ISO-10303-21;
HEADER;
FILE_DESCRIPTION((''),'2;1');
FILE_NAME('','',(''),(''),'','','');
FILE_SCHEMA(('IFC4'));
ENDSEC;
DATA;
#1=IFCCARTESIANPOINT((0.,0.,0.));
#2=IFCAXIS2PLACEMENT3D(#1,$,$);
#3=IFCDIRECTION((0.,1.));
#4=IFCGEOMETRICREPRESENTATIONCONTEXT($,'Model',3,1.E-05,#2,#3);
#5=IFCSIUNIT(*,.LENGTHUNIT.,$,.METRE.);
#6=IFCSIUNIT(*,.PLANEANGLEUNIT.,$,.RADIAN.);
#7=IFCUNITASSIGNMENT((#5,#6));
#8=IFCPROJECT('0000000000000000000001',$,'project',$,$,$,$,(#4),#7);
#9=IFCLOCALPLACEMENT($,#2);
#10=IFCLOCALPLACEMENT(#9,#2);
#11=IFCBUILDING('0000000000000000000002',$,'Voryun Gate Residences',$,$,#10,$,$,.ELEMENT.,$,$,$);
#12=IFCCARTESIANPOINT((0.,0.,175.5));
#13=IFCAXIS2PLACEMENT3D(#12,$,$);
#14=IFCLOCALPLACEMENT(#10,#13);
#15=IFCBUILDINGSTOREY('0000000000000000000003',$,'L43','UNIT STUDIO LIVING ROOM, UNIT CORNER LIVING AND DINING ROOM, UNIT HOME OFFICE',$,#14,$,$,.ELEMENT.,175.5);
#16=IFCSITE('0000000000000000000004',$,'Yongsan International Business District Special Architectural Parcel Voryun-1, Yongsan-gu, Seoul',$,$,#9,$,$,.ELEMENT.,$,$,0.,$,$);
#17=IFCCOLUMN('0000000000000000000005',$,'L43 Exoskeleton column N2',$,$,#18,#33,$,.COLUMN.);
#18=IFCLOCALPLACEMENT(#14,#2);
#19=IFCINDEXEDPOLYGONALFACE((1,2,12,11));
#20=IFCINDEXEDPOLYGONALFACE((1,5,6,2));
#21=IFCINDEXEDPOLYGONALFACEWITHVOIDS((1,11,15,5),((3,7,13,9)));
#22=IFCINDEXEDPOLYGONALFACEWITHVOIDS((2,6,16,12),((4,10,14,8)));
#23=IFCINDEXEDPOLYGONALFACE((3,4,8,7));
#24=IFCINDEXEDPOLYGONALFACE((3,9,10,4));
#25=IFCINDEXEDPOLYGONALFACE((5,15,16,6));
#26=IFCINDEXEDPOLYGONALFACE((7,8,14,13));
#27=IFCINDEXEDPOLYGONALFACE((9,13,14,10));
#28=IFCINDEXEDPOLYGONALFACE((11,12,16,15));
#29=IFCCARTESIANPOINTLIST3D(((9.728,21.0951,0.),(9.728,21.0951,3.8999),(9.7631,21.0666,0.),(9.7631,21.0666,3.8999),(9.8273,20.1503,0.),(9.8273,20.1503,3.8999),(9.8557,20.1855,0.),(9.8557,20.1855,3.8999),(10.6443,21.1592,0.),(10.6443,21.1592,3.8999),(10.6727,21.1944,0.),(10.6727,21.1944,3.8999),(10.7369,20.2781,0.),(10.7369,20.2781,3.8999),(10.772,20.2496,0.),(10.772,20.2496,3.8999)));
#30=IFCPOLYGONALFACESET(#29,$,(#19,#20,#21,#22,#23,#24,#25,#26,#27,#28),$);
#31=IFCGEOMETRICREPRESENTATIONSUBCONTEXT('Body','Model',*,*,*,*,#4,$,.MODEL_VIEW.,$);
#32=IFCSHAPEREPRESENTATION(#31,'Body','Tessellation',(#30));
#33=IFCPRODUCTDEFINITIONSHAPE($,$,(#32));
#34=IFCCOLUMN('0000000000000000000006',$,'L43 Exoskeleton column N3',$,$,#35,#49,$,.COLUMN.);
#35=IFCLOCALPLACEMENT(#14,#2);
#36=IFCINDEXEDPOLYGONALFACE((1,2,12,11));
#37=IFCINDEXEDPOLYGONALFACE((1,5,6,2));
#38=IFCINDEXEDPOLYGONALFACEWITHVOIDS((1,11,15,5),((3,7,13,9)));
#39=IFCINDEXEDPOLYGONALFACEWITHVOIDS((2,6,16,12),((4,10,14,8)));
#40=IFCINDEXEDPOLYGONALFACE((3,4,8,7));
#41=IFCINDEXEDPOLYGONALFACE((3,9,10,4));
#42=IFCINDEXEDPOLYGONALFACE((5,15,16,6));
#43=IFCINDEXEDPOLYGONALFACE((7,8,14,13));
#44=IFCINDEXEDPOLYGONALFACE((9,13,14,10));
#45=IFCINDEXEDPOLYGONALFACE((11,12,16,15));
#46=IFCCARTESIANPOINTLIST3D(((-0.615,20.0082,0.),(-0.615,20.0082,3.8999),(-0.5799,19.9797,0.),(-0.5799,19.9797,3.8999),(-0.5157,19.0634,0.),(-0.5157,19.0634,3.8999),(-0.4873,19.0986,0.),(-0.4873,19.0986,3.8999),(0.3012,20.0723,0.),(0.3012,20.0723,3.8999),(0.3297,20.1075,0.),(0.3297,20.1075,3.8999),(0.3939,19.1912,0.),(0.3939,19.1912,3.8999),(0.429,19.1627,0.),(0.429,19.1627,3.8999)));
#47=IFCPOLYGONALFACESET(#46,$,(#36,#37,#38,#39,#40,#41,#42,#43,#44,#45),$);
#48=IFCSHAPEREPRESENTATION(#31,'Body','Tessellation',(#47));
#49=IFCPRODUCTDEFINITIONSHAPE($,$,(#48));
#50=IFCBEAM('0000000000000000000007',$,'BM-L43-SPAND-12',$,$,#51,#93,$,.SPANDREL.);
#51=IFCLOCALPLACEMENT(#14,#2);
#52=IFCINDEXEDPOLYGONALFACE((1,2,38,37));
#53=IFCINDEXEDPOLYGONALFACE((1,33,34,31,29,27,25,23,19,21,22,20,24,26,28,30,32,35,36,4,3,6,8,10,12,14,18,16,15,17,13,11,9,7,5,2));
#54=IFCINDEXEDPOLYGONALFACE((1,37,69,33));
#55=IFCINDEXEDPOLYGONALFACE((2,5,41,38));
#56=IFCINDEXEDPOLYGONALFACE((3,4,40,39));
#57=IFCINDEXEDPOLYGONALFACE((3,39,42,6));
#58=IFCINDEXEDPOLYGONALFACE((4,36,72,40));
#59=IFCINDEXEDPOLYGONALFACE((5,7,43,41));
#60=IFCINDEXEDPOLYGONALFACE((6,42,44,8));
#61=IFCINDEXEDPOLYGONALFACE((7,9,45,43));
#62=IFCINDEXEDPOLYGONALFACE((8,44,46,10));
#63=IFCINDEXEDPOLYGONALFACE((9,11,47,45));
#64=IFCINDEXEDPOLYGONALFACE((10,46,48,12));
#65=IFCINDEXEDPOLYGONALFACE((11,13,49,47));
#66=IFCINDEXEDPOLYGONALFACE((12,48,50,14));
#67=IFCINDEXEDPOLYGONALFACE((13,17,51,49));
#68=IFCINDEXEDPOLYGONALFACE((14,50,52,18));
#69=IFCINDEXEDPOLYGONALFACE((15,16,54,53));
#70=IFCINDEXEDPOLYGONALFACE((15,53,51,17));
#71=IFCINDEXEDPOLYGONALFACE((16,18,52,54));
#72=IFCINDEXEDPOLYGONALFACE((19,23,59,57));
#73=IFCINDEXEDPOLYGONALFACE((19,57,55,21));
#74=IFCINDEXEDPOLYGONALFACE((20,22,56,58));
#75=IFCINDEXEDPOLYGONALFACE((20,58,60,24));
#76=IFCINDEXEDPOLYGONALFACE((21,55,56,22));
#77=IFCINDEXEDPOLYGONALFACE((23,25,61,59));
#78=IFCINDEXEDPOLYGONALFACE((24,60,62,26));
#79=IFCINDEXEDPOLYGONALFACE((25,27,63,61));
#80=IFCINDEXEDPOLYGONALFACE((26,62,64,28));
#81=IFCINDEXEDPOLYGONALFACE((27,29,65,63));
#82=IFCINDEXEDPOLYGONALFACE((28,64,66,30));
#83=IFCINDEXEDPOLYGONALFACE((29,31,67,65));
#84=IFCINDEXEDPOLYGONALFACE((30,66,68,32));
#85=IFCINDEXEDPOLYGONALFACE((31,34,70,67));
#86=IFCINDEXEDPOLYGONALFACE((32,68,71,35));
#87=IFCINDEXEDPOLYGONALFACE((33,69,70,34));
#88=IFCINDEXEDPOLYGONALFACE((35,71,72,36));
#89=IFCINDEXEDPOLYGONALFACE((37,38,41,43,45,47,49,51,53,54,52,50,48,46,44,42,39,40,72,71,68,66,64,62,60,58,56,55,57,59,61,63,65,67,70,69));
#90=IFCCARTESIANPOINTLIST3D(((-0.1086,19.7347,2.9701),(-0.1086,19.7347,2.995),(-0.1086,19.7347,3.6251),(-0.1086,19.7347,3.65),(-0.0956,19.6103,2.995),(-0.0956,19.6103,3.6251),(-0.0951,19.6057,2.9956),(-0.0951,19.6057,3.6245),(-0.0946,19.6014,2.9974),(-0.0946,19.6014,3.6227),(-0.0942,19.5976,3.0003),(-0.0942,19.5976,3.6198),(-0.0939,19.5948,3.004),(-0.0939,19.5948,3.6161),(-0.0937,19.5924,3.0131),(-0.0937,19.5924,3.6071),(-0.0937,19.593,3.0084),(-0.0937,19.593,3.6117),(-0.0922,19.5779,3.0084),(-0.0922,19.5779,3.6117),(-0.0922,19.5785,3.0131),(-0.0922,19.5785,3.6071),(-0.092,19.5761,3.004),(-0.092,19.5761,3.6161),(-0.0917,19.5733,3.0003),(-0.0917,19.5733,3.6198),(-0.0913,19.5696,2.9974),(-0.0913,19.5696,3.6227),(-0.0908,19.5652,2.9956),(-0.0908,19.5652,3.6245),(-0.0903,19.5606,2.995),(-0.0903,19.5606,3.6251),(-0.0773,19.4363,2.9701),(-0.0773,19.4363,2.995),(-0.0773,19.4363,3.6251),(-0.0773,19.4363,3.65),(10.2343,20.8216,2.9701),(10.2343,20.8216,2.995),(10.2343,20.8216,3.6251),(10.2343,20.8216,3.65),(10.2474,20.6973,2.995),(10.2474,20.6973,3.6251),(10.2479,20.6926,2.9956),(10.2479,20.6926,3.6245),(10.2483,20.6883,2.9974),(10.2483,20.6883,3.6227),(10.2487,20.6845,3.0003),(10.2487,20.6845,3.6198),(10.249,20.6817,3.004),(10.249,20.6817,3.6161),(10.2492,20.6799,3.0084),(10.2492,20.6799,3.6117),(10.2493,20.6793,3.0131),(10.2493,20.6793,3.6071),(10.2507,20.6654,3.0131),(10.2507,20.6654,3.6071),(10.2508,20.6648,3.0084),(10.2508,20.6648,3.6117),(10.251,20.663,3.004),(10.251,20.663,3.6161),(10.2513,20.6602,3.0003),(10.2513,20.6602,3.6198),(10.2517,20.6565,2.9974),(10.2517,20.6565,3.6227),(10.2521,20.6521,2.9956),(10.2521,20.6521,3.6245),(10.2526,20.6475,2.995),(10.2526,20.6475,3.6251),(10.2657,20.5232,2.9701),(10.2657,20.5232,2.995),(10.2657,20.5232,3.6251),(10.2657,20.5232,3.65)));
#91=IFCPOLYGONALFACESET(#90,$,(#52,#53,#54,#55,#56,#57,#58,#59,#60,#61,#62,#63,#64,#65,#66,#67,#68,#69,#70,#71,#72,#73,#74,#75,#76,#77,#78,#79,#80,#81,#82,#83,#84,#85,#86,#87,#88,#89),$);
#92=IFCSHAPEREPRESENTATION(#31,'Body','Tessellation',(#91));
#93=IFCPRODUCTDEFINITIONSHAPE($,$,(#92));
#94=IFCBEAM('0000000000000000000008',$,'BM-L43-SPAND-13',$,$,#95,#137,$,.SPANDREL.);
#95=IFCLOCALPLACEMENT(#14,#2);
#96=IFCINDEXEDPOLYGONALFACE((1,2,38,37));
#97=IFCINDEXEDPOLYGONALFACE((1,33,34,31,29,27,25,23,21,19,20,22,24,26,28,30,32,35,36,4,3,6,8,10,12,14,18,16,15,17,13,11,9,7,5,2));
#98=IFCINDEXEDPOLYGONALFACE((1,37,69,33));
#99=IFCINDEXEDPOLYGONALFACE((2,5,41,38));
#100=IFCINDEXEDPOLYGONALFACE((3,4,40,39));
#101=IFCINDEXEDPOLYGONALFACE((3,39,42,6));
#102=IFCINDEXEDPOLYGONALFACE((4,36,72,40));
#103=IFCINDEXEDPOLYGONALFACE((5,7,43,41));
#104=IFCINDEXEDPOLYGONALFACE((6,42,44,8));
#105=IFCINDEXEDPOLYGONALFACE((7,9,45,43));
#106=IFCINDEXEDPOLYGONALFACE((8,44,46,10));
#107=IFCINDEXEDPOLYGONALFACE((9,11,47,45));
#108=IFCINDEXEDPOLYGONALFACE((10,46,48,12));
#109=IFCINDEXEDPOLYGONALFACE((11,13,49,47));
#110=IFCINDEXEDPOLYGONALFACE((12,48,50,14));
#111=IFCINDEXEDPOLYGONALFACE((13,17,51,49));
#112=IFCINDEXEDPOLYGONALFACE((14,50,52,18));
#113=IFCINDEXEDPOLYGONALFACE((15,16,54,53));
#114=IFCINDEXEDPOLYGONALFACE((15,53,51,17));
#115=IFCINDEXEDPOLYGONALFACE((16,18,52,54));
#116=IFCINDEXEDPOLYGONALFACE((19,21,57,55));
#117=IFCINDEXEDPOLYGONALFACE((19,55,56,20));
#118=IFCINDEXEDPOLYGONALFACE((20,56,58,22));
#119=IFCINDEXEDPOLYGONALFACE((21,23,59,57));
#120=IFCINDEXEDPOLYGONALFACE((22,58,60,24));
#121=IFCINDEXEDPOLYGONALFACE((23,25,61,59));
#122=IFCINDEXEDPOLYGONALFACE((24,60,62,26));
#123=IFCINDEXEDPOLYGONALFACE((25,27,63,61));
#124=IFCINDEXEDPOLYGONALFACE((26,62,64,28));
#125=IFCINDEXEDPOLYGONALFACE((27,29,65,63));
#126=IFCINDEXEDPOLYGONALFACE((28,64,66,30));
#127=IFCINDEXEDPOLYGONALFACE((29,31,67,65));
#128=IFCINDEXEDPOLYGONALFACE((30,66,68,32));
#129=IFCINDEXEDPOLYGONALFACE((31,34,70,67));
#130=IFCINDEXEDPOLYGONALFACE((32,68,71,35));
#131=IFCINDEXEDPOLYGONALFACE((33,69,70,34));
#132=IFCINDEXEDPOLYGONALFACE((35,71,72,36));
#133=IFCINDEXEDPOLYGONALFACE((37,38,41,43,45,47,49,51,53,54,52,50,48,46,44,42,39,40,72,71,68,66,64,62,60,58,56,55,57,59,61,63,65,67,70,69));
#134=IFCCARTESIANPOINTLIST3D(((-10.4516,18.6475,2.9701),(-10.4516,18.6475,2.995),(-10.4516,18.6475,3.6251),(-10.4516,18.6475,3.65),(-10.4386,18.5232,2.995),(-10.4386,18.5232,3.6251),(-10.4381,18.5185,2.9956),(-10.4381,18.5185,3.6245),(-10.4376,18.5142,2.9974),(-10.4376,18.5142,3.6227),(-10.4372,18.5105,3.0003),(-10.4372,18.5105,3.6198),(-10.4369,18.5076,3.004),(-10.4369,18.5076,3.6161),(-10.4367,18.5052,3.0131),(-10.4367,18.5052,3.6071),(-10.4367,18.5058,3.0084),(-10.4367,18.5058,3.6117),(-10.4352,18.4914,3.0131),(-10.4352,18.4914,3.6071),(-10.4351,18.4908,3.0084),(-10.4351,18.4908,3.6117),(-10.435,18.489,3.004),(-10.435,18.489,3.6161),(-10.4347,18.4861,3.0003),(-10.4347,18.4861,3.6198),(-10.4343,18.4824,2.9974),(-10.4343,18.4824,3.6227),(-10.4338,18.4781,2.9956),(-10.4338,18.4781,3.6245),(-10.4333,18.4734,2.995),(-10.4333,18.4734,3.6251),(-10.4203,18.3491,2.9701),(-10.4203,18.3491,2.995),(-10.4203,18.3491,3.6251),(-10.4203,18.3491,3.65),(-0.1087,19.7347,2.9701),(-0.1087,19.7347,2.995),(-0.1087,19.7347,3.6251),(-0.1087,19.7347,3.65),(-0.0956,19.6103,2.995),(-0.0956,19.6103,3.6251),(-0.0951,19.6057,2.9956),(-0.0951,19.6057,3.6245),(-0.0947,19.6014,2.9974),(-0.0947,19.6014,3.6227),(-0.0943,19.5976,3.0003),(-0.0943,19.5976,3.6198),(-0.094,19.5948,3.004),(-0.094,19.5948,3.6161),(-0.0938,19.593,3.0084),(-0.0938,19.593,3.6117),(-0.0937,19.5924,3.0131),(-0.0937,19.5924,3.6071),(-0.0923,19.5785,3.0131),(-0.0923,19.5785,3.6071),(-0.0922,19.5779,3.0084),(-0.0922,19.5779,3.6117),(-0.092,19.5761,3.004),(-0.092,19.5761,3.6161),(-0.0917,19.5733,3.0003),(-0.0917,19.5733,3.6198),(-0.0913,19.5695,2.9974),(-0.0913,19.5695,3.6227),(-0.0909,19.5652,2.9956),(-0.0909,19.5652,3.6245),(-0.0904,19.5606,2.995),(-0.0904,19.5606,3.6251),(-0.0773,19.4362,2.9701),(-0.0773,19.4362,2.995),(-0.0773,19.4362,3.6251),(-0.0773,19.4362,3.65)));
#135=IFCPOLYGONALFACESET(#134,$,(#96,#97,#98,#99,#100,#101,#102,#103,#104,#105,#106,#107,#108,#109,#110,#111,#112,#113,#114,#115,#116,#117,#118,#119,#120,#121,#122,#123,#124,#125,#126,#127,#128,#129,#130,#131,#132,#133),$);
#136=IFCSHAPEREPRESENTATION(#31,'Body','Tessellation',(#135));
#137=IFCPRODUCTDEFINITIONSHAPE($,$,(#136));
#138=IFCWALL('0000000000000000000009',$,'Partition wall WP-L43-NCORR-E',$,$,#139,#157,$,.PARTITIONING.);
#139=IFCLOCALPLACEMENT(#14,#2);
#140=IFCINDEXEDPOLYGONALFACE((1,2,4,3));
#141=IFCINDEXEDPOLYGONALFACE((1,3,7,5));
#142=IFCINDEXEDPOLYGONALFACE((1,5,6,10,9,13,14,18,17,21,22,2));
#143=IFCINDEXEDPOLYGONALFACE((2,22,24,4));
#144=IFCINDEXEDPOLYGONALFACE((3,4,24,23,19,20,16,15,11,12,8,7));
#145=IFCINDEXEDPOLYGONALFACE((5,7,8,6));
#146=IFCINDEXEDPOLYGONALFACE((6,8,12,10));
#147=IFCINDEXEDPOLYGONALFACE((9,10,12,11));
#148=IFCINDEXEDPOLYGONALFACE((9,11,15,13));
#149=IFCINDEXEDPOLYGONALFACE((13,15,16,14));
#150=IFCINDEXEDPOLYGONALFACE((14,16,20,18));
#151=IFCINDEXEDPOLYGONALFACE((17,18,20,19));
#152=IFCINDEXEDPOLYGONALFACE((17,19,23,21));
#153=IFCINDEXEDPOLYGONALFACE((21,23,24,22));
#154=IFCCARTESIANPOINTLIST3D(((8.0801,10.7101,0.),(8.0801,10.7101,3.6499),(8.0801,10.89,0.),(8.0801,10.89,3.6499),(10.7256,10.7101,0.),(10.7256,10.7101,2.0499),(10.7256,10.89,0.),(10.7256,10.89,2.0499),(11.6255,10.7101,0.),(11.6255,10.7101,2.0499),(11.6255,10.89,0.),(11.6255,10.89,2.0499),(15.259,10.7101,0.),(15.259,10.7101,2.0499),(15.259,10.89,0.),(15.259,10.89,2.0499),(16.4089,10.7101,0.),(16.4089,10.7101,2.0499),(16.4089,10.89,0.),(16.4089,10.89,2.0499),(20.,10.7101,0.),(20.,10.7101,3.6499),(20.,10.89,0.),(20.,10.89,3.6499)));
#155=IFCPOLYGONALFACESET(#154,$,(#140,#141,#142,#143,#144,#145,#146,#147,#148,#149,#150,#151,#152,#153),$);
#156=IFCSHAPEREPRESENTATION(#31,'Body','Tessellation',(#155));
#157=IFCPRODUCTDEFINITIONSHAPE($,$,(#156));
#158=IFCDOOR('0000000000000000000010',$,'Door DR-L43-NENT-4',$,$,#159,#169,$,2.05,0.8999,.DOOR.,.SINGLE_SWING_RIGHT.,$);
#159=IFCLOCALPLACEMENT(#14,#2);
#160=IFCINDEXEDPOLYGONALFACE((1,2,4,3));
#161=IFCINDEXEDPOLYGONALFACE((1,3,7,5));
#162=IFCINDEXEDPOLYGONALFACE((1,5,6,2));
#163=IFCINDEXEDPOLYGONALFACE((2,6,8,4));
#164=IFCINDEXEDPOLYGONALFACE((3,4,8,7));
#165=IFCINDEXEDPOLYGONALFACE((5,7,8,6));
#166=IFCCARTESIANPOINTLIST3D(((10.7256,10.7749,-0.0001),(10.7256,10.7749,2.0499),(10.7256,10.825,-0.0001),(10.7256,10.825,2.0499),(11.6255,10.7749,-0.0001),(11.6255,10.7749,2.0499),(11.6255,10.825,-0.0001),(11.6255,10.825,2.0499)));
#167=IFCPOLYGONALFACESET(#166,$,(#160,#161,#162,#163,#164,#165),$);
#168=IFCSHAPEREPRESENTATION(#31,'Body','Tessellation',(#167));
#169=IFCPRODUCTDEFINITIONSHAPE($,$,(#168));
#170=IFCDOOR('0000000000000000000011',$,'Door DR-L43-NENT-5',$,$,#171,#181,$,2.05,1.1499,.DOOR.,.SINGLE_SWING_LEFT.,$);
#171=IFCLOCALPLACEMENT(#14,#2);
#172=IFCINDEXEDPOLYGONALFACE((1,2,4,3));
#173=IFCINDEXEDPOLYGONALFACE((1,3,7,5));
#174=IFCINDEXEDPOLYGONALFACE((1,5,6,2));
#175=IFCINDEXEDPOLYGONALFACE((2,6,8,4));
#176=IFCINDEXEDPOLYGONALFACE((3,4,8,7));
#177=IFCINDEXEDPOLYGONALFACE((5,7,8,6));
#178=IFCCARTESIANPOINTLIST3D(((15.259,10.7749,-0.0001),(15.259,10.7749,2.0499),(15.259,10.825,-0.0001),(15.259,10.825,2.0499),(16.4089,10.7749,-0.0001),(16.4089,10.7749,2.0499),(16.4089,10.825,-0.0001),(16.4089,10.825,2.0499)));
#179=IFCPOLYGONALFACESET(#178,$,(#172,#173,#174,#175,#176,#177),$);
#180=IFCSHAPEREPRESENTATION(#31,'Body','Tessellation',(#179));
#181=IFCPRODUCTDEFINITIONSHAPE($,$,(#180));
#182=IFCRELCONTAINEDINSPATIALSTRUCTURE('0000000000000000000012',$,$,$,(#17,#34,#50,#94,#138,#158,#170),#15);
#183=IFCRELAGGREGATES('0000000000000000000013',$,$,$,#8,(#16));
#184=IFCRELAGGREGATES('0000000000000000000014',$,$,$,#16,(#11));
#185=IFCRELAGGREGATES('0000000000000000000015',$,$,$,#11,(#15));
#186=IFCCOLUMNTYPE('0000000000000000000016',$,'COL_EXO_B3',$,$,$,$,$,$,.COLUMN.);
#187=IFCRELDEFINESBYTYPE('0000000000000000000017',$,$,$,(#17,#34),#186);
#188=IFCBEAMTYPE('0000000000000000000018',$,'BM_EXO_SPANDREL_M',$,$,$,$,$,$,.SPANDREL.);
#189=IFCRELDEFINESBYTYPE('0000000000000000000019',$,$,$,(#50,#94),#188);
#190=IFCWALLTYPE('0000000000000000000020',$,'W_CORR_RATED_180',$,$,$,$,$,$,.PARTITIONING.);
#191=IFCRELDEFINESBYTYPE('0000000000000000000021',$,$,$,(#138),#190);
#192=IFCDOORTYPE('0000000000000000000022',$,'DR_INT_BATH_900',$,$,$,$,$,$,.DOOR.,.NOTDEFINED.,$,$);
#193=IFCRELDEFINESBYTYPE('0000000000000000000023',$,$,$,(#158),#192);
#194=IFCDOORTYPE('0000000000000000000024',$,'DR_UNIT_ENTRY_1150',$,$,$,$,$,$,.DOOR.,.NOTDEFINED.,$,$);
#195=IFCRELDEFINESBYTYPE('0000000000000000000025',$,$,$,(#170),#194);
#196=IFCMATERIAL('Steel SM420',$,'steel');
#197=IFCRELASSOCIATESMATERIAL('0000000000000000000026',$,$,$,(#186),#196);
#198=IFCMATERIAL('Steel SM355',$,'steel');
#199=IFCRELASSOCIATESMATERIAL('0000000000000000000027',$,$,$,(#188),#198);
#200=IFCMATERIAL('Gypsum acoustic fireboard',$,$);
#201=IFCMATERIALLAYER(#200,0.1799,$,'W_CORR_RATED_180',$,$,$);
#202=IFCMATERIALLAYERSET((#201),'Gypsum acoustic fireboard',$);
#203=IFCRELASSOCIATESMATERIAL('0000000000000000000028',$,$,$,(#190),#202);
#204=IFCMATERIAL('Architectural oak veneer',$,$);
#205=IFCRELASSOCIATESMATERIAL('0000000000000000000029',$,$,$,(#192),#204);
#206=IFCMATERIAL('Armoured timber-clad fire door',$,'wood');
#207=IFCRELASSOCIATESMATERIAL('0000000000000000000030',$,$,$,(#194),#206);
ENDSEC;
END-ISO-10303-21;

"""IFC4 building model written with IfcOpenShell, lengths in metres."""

from ifc_helpers import new_model, si_unit, direction, frame, frame_2d, origin, origin_2d, place, context, subcontext, project, spatial, rectangle, hollow_rectangle, i_section, extrude, material, layer, layer_set, material_profile, profile_set, type_object, element, fill, save


model = new_model("IFC4")

# Units and contexts
model_context = context("Model", 3, precision=1e-05, world=origin(), true_north=direction((0.0, 1.0)))
body_context = subcontext(model_context, "Body", "Model", "MODEL_VIEW")
ifc_project = project(units=[si_unit("LENGTHUNIT", "METRE"), si_unit("PLANEANGLEUNIT", "RADIAN")], contexts=[model_context])

# Site, building, storey
site_placement = place(None, origin())
site = spatial("IfcSite", under=ifc_project, at=site_placement, Name="Yongsan International Business District Special Architectural Parcel Voryun-1, Yongsan-gu, Seoul", CompositionType="ELEMENT", RefElevation=0.0)
building_placement = place(site_placement, origin())
building = spatial("IfcBuilding", under=site, at=building_placement, Name="Voryun Gate Residences", CompositionType="ELEMENT")
storey_placement = place(building_placement, frame((0.0, 0.0, 175.5)))
storey = spatial("IfcBuildingStorey", under=building, at=storey_placement, Name="L43", Description="UNIT STUDIO LIVING ROOM, UNIT CORNER LIVING AND DINING ROOM, UNIT HOME OFFICE", CompositionType="ELEMENT", Elevation=175.5)

# Columns
ifc_material_1 = material(Name="Steel SM420", Category="steel")
ifc_material_profile_1 = material_profile(ifc_material_1, hollow_rectangle(XDim=0.95, YDim=0.95, WallThickness=0.032, at=origin_2d()), Name="BOX-950x950x32")
ifc_profile_set_1 = profile_set([ifc_material_profile_1], Name="Steel SM420")
column_type = type_object("IfcColumnType", Name="COL_EXO_B3", PredefinedType="COLUMN", material=ifc_profile_set_1)
for number, where, z_axis, x_axis, name in (
    (1, (10.25, 20.6724, 0.0), (0.0, 0.0, 1.0), (0.994522, 0.104528, 0.0), "L43 Exoskeleton column N2"),
    (2, (-0.093, 19.5854, 0.0), (0.0, 0.0, 1.0), (0.994522, 0.104528, 0.0), "L43 Exoskeleton column N3"),
):
    element("IfcColumn", number, at=place(storey_placement, frame(where, z_axis=z_axis, x_axis=x_axis)), inside=storey, type_object=column_type, Name=name, PredefinedType="COLUMN", context=body_context, shape_type="SweptSolid", body=[
        extrude(hollow_rectangle(XDim=0.95, YDim=0.95, WallThickness=0.032, at=origin_2d()), origin(), (0.0, 0.0, 1.0), 3.8999),
    ])

# Beams
ifc_material_2 = material(Name="Steel SM355", Category="steel")
ifc_material_profile_2 = material_profile(ifc_material_2, i_section(OverallWidth=0.3, OverallDepth=0.6799, WebThickness=0.0139, FlangeThickness=0.0249, FilletRadius=0.0181, at=origin_2d()), Name="H-680x300x14x25")
ifc_profile_set_2 = profile_set([ifc_material_profile_2], Name="Steel SM355")
beam_type = type_object("IfcBeamType", Name="BM_EXO_SPANDREL_M", PredefinedType="SPANDREL", material=ifc_profile_set_2)
for number, where, z_axis, x_axis, name in (
    (3, (10.25, 20.6724, 3.3101), (-0.994524, -0.104511, 0.0), (0.104511, -0.994524, 0.0), "BM-L43-SPAND-12"),
    (4, (-0.093, 19.5854, 3.3101), (-0.994521, -0.104534, 0.0), (0.104534, -0.994521, 0.0), "BM-L43-SPAND-13"),
):
    element("IfcBeam", number, at=place(storey_placement, frame(where, z_axis=z_axis, x_axis=x_axis)), inside=storey, type_object=beam_type, Name=name, PredefinedType="SPANDREL", context=body_context, shape_type="SweptSolid", body=[
        extrude(i_section(OverallWidth=0.3, OverallDepth=0.6799, WebThickness=0.0139, FlangeThickness=0.0249, FilletRadius=0.0181, at=origin_2d()), origin(), (0.0, 0.0, 1.0), 10.3999),
    ])

# Wall, openings, doors
ifc_material_3 = material(Name="Gypsum acoustic fireboard")
ifc_layer_1 = layer(ifc_material_3, 0.1799, Name="W_CORR_RATED_180")
ifc_layer_set_1 = layer_set([ifc_layer_1], Name="Gypsum acoustic fireboard")
wall_type_1 = type_object("IfcWallType", Name="W_CORR_RATED_180", PredefinedType="PARTITIONING", material=ifc_layer_set_1)
wall_1_placement = place(storey_placement, frame((8.0801, 10.8, 0.0), z_axis=(0.0, 0.0, 1.0), x_axis=(1.0, 0.0, 0.0)))
wall_1 = element("IfcWall", 5, at=wall_1_placement, inside=storey, type_object=wall_type_1, Name="Partition wall WP-L43-NCORR-E", PredefinedType="PARTITIONING", context=body_context, shape_type="SweptSolid", body=[
    extrude(rectangle(XDim=11.9199, YDim=0.1799, at=frame_2d((5.96, 0.0))), origin(), (0.0, 0.0, 1.0), 3.6499),
])
opening_1_placement = place(wall_1_placement, frame((2.6455, 0.0, 0.0)))
opening_1 = element("IfcOpeningElement", 6, at=opening_1_placement, cuts=wall_1, PredefinedType="OPENING", context=body_context, shape_type="SweptSolid", body=[
    extrude(rectangle(XDim=0.8999, YDim=2.05, at=frame_2d((0.45, 1.0249))), frame((0.0, 0.0999, 0.0), z_axis=(0.0, -1.0, 0.0), x_axis=(1.0, 0.0, 0.0)), (0.0, 0.0, 1.0), 0.2),
])
opening_2_placement = place(wall_1_placement, frame((7.179, 0.0, 0.0)))
opening_2 = element("IfcOpeningElement", 7, at=opening_2_placement, cuts=wall_1, PredefinedType="OPENING", context=body_context, shape_type="SweptSolid", body=[
    extrude(rectangle(XDim=1.1499, YDim=2.05, at=frame_2d((0.575, 1.0249))), frame((0.0, 0.0999, 0.0), z_axis=(0.0, -1.0, 0.0), x_axis=(1.0, 0.0, 0.0)), (0.0, 0.0, 1.0), 0.2),
])
ifc_material_4 = material(Name="Architectural oak veneer")
door_type_1 = type_object("IfcDoorType", Name="DR_INT_BATH_900", OperationType="NOTDEFINED", PredefinedType="DOOR", material=ifc_material_4)
door_1_placement = place(opening_1_placement, origin())
door_1 = element("IfcDoor", 8, at=door_1_placement, inside=storey, type_object=door_type_1, Name="Door DR-L43-NENT-4", OperationType="SINGLE_SWING_RIGHT", OverallHeight=2.05, OverallWidth=0.8999, PredefinedType="DOOR", context=body_context, shape_type="SweptSolid", body=[
    extrude(rectangle(XDim=0.8999, YDim=2.05, at=frame_2d((0.45, 1.0249))), frame((0.0, 0.0249, 0.0), z_axis=(0.0, -1.0, 0.0), x_axis=(1.0, 0.0, 0.0)), (0.0, 0.0, 1.0), 0.05),
])
fill(opening_1, door_1)
ifc_material_5 = material(Name="Armoured timber-clad fire door", Category="wood")
door_type_2 = type_object("IfcDoorType", Name="DR_UNIT_ENTRY_1150", OperationType="NOTDEFINED", PredefinedType="DOOR", material=ifc_material_5)
door_2_placement = place(opening_2_placement, origin())
door_2 = element("IfcDoor", 9, at=door_2_placement, inside=storey, type_object=door_type_2, Name="Door DR-L43-NENT-5", OperationType="SINGLE_SWING_LEFT", OverallHeight=2.05, OverallWidth=1.1499, PredefinedType="DOOR", context=body_context, shape_type="SweptSolid", body=[
    extrude(rectangle(XDim=1.1499, YDim=2.05, at=frame_2d((0.575, 1.0249))), frame((0.0, 0.0249, 0.0), z_axis=(0.0, -1.0, 0.0), x_axis=(1.0, 0.0, 0.0)), (0.0, 0.0, 1.0), 0.05),
])
fill(opening_2, door_2)

save(model, "model.ifc")
